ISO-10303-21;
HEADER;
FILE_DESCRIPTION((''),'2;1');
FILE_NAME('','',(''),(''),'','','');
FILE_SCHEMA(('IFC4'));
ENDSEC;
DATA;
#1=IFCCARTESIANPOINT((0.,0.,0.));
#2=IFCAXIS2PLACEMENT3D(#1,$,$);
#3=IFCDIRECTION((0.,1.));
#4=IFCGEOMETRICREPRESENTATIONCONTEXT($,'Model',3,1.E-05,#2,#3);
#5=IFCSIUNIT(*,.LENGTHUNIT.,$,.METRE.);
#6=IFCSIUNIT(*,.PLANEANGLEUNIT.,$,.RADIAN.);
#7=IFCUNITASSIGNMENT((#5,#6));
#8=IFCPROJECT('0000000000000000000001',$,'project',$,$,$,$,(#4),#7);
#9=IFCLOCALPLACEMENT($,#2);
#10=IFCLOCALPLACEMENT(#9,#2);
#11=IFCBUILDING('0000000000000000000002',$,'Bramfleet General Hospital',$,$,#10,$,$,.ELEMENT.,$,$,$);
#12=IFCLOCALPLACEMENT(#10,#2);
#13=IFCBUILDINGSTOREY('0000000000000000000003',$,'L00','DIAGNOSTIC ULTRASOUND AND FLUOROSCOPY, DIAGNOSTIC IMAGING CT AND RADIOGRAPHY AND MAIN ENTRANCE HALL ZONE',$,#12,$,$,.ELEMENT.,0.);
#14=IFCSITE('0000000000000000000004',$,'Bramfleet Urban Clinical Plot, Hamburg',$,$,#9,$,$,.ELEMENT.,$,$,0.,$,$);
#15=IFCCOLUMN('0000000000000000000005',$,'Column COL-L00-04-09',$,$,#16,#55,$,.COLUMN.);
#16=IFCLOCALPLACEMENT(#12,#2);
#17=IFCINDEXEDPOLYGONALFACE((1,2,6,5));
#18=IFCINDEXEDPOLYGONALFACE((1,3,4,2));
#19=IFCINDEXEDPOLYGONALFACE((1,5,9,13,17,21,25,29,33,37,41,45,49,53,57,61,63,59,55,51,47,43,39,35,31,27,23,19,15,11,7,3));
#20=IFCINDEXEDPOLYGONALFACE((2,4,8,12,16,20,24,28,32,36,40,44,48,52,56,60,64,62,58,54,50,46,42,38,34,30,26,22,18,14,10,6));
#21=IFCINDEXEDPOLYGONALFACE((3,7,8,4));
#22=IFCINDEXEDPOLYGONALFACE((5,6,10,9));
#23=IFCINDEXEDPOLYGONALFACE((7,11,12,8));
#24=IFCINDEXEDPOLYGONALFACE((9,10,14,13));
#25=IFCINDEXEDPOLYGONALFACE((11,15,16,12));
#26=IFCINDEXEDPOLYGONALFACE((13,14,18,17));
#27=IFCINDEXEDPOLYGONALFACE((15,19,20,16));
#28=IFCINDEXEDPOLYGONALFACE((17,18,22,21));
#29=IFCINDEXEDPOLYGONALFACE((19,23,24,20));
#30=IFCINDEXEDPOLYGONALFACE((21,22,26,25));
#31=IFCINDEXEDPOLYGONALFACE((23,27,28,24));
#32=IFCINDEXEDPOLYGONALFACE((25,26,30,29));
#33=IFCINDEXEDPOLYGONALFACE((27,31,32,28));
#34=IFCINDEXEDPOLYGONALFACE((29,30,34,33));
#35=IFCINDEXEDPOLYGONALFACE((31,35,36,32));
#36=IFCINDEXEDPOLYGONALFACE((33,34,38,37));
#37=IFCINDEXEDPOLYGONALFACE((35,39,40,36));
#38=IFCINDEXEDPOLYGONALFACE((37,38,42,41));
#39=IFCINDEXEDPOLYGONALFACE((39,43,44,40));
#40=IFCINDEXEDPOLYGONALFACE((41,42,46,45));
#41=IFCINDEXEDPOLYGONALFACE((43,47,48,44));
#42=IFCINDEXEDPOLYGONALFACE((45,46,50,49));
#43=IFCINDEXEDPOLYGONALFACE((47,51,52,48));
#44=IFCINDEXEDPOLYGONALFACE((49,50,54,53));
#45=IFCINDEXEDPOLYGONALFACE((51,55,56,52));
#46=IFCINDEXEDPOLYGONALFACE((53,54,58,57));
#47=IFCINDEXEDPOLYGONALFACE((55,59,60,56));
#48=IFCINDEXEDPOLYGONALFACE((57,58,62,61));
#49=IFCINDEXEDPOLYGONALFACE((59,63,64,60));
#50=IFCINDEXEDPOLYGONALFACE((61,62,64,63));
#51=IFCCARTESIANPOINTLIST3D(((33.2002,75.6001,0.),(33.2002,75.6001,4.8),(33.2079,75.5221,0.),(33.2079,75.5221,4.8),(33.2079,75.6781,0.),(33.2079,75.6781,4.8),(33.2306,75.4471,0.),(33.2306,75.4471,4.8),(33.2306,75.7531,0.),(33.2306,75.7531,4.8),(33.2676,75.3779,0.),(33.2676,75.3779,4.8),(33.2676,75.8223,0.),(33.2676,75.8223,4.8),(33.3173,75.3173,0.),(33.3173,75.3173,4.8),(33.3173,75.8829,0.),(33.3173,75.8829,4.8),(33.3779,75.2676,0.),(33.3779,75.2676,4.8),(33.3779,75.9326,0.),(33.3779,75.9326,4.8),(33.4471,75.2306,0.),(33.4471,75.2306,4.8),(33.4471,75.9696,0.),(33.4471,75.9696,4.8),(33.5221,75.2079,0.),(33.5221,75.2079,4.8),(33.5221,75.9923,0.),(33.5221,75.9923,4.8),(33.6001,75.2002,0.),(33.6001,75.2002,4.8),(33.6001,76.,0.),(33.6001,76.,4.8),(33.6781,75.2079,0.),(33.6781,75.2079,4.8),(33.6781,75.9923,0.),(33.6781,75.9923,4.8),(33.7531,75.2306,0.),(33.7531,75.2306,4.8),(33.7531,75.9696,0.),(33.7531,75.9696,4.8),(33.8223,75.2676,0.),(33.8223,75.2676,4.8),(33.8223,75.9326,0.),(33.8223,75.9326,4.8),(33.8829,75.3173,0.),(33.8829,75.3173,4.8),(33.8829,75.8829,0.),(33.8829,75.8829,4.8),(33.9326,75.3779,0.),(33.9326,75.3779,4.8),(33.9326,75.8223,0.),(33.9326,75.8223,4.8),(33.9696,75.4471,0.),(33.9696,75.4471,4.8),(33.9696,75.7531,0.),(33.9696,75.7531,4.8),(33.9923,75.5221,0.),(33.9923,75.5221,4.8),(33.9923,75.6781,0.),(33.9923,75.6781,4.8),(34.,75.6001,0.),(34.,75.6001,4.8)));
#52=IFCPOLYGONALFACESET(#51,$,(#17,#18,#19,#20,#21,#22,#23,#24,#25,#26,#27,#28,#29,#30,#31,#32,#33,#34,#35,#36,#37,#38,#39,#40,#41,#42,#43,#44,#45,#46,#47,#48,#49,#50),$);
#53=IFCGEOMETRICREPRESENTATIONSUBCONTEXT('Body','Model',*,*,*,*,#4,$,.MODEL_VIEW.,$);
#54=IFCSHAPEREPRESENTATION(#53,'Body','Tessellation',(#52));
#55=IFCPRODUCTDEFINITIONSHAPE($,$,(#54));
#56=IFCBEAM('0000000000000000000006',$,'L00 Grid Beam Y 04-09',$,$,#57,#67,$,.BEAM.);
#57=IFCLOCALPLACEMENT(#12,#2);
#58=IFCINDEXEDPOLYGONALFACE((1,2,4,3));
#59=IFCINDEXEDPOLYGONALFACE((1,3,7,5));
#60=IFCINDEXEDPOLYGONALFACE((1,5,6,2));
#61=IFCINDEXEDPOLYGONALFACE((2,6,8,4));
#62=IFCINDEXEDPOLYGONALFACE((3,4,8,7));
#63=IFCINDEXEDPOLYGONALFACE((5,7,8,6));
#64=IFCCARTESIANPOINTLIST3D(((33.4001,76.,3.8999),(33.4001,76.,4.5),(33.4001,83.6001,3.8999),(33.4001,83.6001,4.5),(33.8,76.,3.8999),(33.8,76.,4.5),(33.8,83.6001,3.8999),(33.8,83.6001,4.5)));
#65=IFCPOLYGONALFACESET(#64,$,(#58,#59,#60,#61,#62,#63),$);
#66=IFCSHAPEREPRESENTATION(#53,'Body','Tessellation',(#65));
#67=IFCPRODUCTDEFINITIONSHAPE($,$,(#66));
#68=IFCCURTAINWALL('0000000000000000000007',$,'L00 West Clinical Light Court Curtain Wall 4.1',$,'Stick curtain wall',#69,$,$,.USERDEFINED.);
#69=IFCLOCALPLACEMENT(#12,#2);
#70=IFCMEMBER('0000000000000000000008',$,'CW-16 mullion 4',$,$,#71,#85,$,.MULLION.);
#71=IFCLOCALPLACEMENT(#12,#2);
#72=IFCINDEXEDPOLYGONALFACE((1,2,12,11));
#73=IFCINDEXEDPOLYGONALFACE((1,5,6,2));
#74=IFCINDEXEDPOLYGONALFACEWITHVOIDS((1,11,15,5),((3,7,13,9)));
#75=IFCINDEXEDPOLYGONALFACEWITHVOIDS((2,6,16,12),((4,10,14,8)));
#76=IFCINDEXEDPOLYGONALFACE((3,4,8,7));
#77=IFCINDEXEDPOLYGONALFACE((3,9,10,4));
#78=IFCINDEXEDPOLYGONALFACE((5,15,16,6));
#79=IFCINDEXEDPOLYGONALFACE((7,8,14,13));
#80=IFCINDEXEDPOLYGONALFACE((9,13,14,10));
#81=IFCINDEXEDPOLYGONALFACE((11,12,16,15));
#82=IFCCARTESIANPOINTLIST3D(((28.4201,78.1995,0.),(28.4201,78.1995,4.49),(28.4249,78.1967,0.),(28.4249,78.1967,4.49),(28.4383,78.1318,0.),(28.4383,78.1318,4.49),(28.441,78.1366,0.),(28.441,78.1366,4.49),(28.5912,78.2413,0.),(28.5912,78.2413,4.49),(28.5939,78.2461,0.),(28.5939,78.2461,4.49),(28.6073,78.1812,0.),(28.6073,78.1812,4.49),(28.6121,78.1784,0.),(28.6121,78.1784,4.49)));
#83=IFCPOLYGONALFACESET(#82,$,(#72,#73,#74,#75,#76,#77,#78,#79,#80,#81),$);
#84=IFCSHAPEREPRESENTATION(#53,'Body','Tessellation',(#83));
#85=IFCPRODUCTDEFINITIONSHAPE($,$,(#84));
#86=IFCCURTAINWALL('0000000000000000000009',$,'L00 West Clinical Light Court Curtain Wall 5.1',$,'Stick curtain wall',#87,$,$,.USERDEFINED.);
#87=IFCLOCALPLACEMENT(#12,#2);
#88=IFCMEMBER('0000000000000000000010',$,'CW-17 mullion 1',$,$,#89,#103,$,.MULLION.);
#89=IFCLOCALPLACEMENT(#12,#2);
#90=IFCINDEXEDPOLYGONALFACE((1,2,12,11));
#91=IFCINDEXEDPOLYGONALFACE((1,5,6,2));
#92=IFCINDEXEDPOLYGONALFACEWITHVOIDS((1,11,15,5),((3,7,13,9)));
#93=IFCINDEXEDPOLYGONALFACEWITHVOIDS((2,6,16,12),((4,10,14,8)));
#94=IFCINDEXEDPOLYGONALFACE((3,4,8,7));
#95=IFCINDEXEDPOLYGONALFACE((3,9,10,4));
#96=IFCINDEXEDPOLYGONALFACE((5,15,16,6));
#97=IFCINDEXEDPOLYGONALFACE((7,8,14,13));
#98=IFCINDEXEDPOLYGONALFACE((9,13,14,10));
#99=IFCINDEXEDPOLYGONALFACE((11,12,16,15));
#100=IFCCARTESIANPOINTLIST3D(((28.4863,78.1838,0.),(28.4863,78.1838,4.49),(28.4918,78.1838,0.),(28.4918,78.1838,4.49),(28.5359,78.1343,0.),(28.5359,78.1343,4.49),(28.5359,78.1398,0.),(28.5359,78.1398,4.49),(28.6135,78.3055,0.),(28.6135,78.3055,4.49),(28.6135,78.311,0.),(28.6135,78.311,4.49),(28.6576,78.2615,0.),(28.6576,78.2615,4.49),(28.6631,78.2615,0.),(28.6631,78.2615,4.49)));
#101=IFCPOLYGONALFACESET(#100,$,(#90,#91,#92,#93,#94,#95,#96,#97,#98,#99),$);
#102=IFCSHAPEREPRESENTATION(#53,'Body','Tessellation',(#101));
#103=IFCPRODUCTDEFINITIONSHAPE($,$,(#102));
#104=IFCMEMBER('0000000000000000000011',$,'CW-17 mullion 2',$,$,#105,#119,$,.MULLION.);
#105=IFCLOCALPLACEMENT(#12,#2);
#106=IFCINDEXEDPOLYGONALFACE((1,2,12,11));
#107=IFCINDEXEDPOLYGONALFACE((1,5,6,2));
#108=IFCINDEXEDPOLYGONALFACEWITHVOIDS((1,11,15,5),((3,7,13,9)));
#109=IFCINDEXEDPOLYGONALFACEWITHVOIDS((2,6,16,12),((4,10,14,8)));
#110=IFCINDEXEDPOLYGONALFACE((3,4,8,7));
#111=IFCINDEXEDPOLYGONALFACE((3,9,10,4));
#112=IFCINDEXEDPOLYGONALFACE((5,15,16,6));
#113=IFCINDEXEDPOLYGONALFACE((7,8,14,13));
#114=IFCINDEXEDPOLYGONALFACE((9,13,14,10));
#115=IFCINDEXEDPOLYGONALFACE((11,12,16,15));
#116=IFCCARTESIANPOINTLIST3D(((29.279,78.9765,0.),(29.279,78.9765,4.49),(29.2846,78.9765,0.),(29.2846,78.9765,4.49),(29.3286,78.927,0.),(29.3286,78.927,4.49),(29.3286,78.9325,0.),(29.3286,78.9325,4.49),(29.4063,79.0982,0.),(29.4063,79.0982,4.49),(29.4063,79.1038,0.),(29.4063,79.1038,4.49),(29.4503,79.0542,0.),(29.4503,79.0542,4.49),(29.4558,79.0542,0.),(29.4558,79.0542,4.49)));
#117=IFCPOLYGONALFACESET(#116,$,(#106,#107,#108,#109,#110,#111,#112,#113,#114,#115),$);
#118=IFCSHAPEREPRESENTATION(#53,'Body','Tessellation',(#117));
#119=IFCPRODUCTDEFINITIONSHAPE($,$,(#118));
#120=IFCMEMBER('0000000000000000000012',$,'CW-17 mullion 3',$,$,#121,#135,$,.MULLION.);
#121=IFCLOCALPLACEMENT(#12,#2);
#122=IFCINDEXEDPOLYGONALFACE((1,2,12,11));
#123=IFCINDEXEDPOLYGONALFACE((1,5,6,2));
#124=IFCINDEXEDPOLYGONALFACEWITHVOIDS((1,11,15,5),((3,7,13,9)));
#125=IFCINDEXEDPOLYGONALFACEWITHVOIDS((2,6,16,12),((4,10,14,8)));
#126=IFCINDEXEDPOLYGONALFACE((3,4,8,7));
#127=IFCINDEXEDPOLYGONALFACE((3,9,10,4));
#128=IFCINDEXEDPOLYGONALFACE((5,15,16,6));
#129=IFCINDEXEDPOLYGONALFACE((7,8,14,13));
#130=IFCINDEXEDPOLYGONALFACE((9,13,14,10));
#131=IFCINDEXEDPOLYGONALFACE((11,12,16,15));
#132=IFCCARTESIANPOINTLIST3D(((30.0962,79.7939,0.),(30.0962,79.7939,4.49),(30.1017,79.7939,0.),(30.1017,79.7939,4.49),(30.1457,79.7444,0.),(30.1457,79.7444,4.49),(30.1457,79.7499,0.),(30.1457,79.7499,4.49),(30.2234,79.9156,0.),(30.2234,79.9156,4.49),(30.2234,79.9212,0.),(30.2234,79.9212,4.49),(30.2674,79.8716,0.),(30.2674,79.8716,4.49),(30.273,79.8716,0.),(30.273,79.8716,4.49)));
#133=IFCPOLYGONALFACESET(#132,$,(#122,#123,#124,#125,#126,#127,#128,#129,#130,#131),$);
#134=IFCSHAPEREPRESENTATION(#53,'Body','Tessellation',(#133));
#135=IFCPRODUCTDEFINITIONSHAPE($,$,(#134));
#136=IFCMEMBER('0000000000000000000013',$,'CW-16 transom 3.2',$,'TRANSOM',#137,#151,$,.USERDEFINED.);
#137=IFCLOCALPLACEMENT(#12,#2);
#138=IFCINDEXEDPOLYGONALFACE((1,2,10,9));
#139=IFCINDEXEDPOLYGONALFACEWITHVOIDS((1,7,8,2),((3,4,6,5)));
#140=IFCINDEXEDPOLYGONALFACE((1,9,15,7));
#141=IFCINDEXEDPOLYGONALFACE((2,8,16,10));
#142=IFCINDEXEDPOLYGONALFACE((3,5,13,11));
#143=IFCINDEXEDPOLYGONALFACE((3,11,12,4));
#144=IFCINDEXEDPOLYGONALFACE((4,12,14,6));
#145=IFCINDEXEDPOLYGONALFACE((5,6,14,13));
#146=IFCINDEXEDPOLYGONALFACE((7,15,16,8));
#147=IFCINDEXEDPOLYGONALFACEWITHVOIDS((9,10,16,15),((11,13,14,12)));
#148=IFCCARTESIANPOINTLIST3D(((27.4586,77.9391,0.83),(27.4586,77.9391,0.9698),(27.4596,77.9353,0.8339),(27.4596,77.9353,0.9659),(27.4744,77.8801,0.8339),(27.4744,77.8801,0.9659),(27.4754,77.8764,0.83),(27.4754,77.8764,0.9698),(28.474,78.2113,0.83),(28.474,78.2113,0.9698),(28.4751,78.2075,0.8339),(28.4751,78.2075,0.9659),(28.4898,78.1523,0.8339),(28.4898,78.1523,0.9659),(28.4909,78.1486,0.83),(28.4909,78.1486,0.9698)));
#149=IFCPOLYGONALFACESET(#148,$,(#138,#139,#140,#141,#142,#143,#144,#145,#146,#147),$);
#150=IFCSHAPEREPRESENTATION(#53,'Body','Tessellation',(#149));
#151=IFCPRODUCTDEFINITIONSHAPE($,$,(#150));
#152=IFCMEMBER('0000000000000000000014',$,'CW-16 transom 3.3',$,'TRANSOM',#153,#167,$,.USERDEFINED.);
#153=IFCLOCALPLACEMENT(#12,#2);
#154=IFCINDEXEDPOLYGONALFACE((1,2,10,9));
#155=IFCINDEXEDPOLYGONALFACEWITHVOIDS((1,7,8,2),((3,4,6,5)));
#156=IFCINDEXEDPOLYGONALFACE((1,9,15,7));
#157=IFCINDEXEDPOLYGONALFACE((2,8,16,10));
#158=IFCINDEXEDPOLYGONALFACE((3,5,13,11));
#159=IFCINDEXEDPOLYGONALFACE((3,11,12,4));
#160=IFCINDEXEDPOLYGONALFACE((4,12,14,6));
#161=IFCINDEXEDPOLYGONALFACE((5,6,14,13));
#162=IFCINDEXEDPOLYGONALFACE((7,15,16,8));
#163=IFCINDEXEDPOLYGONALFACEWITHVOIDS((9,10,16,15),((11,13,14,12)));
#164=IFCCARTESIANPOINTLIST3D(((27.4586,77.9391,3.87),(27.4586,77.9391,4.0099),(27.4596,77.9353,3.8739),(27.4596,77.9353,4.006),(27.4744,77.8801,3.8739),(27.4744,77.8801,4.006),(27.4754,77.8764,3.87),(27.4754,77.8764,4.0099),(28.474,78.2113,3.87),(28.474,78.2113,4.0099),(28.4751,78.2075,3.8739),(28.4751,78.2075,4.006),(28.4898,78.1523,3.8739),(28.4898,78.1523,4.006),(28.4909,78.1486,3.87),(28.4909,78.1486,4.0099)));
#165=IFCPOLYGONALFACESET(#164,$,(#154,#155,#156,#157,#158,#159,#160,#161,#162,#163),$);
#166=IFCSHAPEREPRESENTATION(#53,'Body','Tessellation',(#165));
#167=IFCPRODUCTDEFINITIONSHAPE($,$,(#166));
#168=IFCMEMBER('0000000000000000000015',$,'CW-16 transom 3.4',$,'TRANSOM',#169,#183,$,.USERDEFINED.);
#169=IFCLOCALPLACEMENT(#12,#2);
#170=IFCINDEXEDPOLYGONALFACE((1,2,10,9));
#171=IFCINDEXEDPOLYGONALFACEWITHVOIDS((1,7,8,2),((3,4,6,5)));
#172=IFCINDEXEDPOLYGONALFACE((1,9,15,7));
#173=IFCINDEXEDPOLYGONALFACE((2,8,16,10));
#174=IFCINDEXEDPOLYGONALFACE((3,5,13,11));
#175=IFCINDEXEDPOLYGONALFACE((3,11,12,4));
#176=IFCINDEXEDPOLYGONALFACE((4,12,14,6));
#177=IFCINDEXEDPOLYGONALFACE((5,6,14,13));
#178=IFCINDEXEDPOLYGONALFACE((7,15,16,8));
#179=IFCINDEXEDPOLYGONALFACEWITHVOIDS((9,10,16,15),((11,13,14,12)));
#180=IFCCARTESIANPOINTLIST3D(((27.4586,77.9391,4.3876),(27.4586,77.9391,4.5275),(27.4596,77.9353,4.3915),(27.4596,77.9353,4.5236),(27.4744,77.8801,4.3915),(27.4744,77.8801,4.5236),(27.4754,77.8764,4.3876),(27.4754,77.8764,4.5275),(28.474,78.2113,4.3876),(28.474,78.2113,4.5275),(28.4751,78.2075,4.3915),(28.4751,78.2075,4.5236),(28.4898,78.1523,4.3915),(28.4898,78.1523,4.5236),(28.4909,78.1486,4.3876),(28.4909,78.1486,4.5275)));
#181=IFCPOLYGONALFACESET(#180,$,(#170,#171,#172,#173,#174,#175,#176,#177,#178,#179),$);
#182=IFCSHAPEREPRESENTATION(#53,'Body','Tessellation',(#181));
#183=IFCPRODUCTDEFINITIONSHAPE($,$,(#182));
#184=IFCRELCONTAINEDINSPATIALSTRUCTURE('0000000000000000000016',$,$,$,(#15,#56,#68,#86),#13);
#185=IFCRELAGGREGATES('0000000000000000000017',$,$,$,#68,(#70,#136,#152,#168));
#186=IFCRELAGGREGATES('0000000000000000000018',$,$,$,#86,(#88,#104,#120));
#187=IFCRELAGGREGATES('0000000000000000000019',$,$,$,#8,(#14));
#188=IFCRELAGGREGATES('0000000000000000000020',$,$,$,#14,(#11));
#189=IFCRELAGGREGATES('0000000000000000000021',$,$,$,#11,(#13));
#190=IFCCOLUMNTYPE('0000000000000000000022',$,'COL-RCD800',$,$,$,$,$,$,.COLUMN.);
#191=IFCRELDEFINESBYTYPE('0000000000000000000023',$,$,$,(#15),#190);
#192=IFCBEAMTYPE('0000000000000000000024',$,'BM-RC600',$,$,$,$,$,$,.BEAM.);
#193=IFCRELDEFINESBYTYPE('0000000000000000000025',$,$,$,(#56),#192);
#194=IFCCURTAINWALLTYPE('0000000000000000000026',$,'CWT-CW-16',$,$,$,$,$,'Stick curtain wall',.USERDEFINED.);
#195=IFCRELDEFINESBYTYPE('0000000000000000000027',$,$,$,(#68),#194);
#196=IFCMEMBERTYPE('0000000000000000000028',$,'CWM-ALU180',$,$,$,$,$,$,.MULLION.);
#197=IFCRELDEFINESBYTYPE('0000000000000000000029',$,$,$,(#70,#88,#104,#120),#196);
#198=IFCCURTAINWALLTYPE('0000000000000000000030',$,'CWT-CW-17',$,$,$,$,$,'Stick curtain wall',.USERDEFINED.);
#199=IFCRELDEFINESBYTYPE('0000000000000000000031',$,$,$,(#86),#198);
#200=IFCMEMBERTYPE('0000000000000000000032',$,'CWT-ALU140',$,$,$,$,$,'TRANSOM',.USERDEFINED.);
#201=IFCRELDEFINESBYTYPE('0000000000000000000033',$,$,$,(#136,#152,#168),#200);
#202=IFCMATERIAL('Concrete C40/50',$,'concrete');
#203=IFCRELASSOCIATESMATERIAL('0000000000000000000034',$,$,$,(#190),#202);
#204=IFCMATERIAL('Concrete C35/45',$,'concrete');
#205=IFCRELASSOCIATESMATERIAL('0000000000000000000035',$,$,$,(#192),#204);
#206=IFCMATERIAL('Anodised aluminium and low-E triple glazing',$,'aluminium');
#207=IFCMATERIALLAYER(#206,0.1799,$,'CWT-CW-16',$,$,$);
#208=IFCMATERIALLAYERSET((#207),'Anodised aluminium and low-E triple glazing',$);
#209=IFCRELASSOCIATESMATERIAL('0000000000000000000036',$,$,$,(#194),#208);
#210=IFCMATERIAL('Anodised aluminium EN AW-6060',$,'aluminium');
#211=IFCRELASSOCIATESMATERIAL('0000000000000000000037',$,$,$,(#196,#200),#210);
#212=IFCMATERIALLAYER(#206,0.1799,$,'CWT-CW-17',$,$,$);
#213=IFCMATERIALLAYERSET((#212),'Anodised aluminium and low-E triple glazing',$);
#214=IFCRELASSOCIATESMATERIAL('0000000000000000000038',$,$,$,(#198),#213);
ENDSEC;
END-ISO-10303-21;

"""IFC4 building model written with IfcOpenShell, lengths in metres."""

from ifc_helpers import new_model, si_unit, direction, frame, origin, origin_2d, place, context, subcontext, project, spatial, rectangle, hollow_rectangle, circle, extrude, material, layer, layer_set, material_profile, profile_set, type_object, element, aggregate, save


model = new_model("IFC4")

# Units and contexts
model_context = context("Model", 3, precision=1e-05, world=origin(), true_north=direction((0.0, 1.0)))
body_context = subcontext(model_context, "Body", "Model", "MODEL_VIEW")
ifc_project = project(units=[si_unit("LENGTHUNIT", "METRE"), si_unit("PLANEANGLEUNIT", "RADIAN")], contexts=[model_context])

# Site, building, storey
site_placement = place(None, origin())
site = spatial("IfcSite", under=ifc_project, at=site_placement, Name="Bramfleet Urban Clinical Plot, Hamburg", CompositionType="ELEMENT", RefElevation=0.0)
building_placement = place(site_placement, origin())
building = spatial("IfcBuilding", under=site, at=building_placement, Name="Bramfleet General Hospital", CompositionType="ELEMENT")
storey_placement = place(building_placement, origin())
storey = spatial("IfcBuildingStorey", under=building, at=storey_placement, Name="L00", Description="DIAGNOSTIC ULTRASOUND AND FLUOROSCOPY, DIAGNOSTIC IMAGING CT AND RADIOGRAPHY AND MAIN ENTRANCE HALL ZONE", CompositionType="ELEMENT", Elevation=0.0)

# Column
ifc_material_1 = material(Name="Concrete C40/50", Category="concrete")
ifc_material_profile_1 = material_profile(ifc_material_1, circle(Radius=0.3999, at=origin_2d()), Name="RC ROUND D800")
ifc_profile_set_1 = profile_set([ifc_material_profile_1], Name="Concrete C40/50")
column_type = type_object("IfcColumnType", Name="COL-RCD800", PredefinedType="COLUMN", material=ifc_profile_set_1)
column_placement = place(storey_placement, frame((33.6001, 75.6001, 0.0), z_axis=(0.0, 0.0, 1.0), x_axis=(1.0, 0.0, 0.0)))
element("IfcColumn", 1, at=column_placement, inside=storey, type_object=column_type, Name="Column COL-L00-04-09", PredefinedType="COLUMN", context=body_context, shape_type="SweptSolid", body=[
    extrude(circle(Radius=0.3999, at=origin_2d()), origin(), (0.0, 0.0, 1.0), 4.8),
])

# Beam
ifc_material_2 = material(Name="Concrete C35/45", Category="concrete")
ifc_material_profile_2 = material_profile(ifc_material_2, rectangle(XDim=0.3999, YDim=0.6001, at=origin_2d()), Name="RC BM 600x400")
ifc_profile_set_2 = profile_set([ifc_material_profile_2], Name="Concrete C35/45")
beam_type = type_object("IfcBeamType", Name="BM-RC600", PredefinedType="BEAM", material=ifc_profile_set_2)
beam_placement = place(storey_placement, frame((33.6001, 76.0, 4.2), z_axis=(0.0, 1.0, 0.0), x_axis=(-1.0, 0.0, 0.0)))
element("IfcBeam", 2, at=beam_placement, inside=storey, type_object=beam_type, Name="L00 Grid Beam Y 04-09", PredefinedType="BEAM", context=body_context, shape_type="SweptSolid", body=[
    extrude(rectangle(XDim=0.3999, YDim=0.6001, at=origin_2d()), origin(), (0.0, 0.0, 1.0), 7.6001),
])

# Curtain wall, member
ifc_material_3 = material(Name="Anodised aluminium and low-E triple glazing", Category="aluminium")
ifc_layer_1 = layer(ifc_material_3, 0.1799, Name="CWT-CW-16")
ifc_layer_set_1 = layer_set([ifc_layer_1], Name="Anodised aluminium and low-E triple glazing")
curtain_wall_type_1 = type_object("IfcCurtainWallType", Name="CWT-CW-16", ElementType="Stick curtain wall", PredefinedType="USERDEFINED", material=ifc_layer_set_1)
curtain_wall_1_placement = place(storey_placement, origin())
curtain_wall_1 = element("IfcCurtainWall", 3, at=curtain_wall_1_placement, inside=storey, type_object=curtain_wall_type_1, Name="L00 West Clinical Light Court Curtain Wall 4.1", ObjectType="Stick curtain wall", PredefinedType="USERDEFINED")
ifc_material_4 = material(Name="Anodised aluminium EN AW-6060", Category="aluminium")
ifc_material_profile_3 = material_profile(ifc_material_4, hollow_rectangle(XDim=0.0701, YDim=0.1799, WallThickness=0.0039, at=origin_2d()), Name="ALU 180x70x4.0")
ifc_profile_set_3 = profile_set([ifc_material_profile_3], Name="Anodised aluminium EN AW-6060")
member_type_1 = type_object("IfcMemberType", Name="CWM-ALU180", PredefinedType="MULLION", material=ifc_profile_set_3)
member_1_placement = place(storey_placement, frame((28.5161, 78.189, 0.0), z_axis=(0.0, 0.0, 1.0), x_axis=(-0.258919, 0.965899, 0.0)))
member_1 = element("IfcMember", 4, at=member_1_placement, type_object=member_type_1, Name="CW-16 mullion 4", PredefinedType="MULLION", context=body_context, shape_type="SweptSolid", body=[
    extrude(hollow_rectangle(XDim=0.0701, YDim=0.1799, WallThickness=0.0039, at=origin_2d()), origin(), (0.0, 0.0, 1.0), 4.49),
])

# Curtain wall, members
ifc_layer_2 = layer(ifc_material_3, 0.1799, Name="CWT-CW-17")
ifc_layer_set_2 = layer_set([ifc_layer_2], Name="Anodised aluminium and low-E triple glazing")
curtain_wall_type_2 = type_object("IfcCurtainWallType", Name="CWT-CW-17", ElementType="Stick curtain wall", PredefinedType="USERDEFINED", material=ifc_layer_set_2)
curtain_wall_2_placement = place(storey_placement, origin())
curtain_wall_2 = element("IfcCurtainWall", 5, at=curtain_wall_2_placement, inside=storey, type_object=curtain_wall_type_2, Name="L00 West Clinical Light Court Curtain Wall 5.1", ObjectType="Stick curtain wall", PredefinedType="USERDEFINED")
member_2_placement = place(storey_placement, frame((28.5747, 78.2227, 0.0), z_axis=(0.0, 0.0, 1.0), x_axis=(-0.707107, 0.707107, 0.0)))
member_2 = element("IfcMember", 6, at=member_2_placement, type_object=member_type_1, Name="CW-17 mullion 1", PredefinedType="MULLION", context=body_context, shape_type="SweptSolid", body=[
    extrude(hollow_rectangle(XDim=0.0701, YDim=0.1799, WallThickness=0.0039, at=origin_2d()), origin(), (0.0, 0.0, 1.0), 4.49),
])
member_3_placement = place(storey_placement, frame((29.3674, 79.0154, 0.0), z_axis=(0.0, 0.0, 1.0), x_axis=(-0.707107, 0.707107, 0.0)))
member_3 = element("IfcMember", 7, at=member_3_placement, type_object=member_type_1, Name="CW-17 mullion 2", PredefinedType="MULLION", context=body_context, shape_type="SweptSolid", body=[
    extrude(hollow_rectangle(XDim=0.0701, YDim=0.1799, WallThickness=0.0039, at=origin_2d()), origin(), (0.0, 0.0, 1.0), 4.49),
])
member_4_placement = place(storey_placement, frame((30.1846, 79.8328, 0.0), z_axis=(0.0, 0.0, 1.0), x_axis=(-0.707107, 0.707107, 0.0)))
member_4 = element("IfcMember", 8, at=member_4_placement, type_object=member_type_1, Name="CW-17 mullion 3", PredefinedType="MULLION", context=body_context, shape_type="SweptSolid", body=[
    extrude(hollow_rectangle(XDim=0.0701, YDim=0.1799, WallThickness=0.0039, at=origin_2d()), origin(), (0.0, 0.0, 1.0), 4.49),
])

# Members
ifc_material_profile_4 = material_profile(ifc_material_4, hollow_rectangle(XDim=0.0649, YDim=0.1399, WallThickness=0.0039, at=origin_2d()), Name="ALU 140x65x4.0")
ifc_profile_set_4 = profile_set([ifc_material_profile_4], Name="Anodised aluminium EN AW-6060")
member_type_2 = type_object("IfcMemberType", Name="CWT-ALU140", ElementType="TRANSOM", PredefinedType="USERDEFINED", material=ifc_profile_set_4)
member_5_placement = place(storey_placement, frame((27.467, 77.9077, 0.8999), z_axis=(0.965891, 0.258949, 0.0), x_axis=(-0.258949, 0.965891, 0.0)))
member_5 = element("IfcMember", 9, at=member_5_placement, type_object=member_type_2, Name="CW-16 transom 3.2", ObjectType="TRANSOM", PredefinedType="USERDEFINED", context=body_context, shape_type="SweptSolid", body=[
    extrude(hollow_rectangle(XDim=0.0649, YDim=0.1399, WallThickness=0.0039, at=origin_2d()), origin(), (0.0, 0.0, 1.0), 1.0513),
])
member_6_placement = place(storey_placement, frame((27.467, 77.9077, 3.9399), z_axis=(0.965891, 0.258949, 0.0), x_axis=(-0.258949, 0.965891, 0.0)))
member_6 = element("IfcMember", 10, at=member_6_placement, type_object=member_type_2, Name="CW-16 transom 3.3", ObjectType="TRANSOM", PredefinedType="USERDEFINED", context=body_context, shape_type="SweptSolid", body=[
    extrude(hollow_rectangle(XDim=0.0649, YDim=0.1399, WallThickness=0.0039, at=origin_2d()), origin(), (0.0, 0.0, 1.0), 1.0513),
])
member_7_placement = place(storey_placement, frame((27.467, 77.9077, 4.4575), z_axis=(0.965891, 0.258949, 0.0), x_axis=(-0.258949, 0.965891, 0.0)))
member_7 = element("IfcMember", 11, at=member_7_placement, type_object=member_type_2, Name="CW-16 transom 3.4", ObjectType="TRANSOM", PredefinedType="USERDEFINED", context=body_context, shape_type="SweptSolid", body=[
    extrude(hollow_rectangle(XDim=0.0649, YDim=0.1399, WallThickness=0.0039, at=origin_2d()), origin(), (0.0, 0.0, 1.0), 1.0513),
])

aggregate(curtain_wall_1, [member_1, member_5, member_6, member_7])
aggregate(curtain_wall_2, [member_2, member_3, member_4])

save(model, "model.ifc")
